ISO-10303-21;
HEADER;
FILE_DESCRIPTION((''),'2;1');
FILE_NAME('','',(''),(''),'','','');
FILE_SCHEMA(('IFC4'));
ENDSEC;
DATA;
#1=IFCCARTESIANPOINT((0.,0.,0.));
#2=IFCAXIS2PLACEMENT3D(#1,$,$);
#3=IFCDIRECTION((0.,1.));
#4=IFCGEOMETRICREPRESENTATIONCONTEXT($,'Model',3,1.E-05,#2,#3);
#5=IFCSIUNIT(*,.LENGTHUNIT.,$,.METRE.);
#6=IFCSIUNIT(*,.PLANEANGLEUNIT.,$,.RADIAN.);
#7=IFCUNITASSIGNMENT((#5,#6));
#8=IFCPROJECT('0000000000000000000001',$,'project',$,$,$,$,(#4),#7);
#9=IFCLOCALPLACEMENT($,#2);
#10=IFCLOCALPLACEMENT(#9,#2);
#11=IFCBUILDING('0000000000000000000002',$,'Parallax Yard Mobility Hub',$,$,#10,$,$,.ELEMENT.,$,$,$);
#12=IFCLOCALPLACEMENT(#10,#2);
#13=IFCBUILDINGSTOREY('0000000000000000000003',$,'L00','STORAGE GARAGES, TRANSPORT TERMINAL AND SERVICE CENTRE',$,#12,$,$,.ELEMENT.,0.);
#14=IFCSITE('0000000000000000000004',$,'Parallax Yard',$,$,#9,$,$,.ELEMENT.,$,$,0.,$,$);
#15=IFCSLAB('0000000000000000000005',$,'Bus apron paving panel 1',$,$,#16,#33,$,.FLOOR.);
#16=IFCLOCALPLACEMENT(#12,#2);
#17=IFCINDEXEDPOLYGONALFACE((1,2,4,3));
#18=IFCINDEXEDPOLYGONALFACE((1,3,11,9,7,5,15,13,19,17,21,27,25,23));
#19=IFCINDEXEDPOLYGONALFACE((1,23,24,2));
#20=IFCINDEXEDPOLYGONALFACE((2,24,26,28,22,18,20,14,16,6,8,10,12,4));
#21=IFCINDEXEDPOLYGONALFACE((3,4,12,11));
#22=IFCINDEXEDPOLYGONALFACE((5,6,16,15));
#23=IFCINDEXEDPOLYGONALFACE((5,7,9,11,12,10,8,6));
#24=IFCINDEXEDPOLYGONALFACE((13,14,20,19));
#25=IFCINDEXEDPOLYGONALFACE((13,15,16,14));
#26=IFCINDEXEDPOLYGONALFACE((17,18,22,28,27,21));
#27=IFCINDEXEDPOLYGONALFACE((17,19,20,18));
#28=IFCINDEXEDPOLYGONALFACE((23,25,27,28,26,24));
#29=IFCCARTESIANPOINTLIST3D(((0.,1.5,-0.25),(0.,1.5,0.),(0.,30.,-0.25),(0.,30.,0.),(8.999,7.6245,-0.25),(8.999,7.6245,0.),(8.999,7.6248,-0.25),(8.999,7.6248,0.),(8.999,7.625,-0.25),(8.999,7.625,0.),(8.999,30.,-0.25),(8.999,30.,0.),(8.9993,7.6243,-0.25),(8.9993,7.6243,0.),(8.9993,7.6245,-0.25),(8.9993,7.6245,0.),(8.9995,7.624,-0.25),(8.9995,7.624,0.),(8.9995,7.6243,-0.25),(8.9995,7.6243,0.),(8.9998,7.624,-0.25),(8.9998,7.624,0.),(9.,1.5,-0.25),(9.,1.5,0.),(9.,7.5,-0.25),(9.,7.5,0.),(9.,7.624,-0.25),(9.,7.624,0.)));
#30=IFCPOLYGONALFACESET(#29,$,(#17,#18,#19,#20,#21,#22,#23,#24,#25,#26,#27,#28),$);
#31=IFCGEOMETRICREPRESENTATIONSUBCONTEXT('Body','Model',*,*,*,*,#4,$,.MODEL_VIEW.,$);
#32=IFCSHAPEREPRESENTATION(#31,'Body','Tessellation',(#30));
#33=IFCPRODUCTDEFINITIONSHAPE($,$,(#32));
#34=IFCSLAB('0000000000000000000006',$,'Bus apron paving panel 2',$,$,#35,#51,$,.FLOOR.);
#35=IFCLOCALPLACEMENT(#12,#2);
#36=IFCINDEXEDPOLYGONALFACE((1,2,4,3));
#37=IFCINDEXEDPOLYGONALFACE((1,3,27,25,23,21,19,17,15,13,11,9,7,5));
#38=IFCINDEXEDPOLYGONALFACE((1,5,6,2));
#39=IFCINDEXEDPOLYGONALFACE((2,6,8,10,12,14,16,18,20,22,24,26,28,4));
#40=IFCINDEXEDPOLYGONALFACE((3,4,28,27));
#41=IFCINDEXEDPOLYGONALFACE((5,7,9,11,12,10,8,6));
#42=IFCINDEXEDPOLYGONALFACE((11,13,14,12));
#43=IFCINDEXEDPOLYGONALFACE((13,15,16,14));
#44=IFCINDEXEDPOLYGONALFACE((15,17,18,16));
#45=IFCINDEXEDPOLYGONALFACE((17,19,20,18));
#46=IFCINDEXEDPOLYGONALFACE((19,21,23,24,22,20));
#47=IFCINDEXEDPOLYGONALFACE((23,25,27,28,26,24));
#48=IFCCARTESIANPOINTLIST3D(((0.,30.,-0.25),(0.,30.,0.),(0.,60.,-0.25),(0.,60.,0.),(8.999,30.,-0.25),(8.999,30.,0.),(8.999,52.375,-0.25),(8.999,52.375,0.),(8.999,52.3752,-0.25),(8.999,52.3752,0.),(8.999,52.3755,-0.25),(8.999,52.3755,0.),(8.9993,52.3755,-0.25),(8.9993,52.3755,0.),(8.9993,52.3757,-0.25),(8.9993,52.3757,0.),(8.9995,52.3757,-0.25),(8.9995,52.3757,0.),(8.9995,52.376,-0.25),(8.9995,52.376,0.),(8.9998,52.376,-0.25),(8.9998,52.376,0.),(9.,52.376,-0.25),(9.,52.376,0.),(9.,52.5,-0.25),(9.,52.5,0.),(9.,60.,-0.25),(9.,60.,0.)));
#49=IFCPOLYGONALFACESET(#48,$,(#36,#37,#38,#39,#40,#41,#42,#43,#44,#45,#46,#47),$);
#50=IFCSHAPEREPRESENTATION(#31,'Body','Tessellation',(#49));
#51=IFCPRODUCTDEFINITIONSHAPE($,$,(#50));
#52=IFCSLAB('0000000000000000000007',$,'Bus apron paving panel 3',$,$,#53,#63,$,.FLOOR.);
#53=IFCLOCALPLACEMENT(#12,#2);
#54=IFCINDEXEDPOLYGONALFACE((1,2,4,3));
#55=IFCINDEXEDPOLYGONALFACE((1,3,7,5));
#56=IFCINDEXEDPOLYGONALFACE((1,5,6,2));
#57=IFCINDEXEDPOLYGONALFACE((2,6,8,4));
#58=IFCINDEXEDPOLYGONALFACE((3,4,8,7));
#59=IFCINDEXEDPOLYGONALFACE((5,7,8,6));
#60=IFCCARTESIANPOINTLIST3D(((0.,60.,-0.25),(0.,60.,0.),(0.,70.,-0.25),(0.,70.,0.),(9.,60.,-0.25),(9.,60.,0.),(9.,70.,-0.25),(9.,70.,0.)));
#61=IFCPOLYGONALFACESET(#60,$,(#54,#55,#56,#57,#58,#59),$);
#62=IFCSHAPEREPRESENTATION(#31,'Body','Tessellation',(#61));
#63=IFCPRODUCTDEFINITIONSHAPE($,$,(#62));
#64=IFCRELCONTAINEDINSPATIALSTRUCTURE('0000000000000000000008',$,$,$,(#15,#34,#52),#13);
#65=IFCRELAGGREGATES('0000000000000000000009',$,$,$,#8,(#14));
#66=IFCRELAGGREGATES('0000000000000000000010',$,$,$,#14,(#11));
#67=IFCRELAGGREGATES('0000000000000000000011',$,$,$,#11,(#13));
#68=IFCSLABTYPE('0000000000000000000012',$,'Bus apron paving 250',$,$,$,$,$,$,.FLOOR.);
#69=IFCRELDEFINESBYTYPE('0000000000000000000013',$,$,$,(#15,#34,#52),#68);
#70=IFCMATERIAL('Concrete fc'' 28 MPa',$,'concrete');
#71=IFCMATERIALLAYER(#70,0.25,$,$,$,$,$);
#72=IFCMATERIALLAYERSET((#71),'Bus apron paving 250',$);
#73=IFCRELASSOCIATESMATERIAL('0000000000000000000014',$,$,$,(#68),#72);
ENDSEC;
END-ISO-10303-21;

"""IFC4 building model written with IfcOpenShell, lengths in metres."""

from ifc_helpers import new_model, si_unit, direction, frame, origin, place, context, subcontext, project, spatial, polyline, outline, extrude, material, layer, layer_set, type_object, element, save


model = new_model("IFC4")

# Units and contexts
model_context = context("Model", 3, precision=1e-05, world=origin(), true_north=direction((0.0, 1.0)))
body_context = subcontext(model_context, "Body", "Model", "MODEL_VIEW")
ifc_project = project(units=[si_unit("LENGTHUNIT", "METRE"), si_unit("PLANEANGLEUNIT", "RADIAN")], contexts=[model_context])

# Site, building, storey
site_placement = place(None, origin())
site = spatial("IfcSite", under=ifc_project, at=site_placement, Name="Parallax Yard", CompositionType="ELEMENT", RefElevation=0.0)
building_placement = place(site_placement, origin())
building = spatial("IfcBuilding", under=site, at=building_placement, Name="Parallax Yard Mobility Hub", CompositionType="ELEMENT")
storey_placement = place(building_placement, origin())
storey = spatial("IfcBuildingStorey", under=building, at=storey_placement, Name="L00", Description="STORAGE GARAGES, TRANSPORT TERMINAL AND SERVICE CENTRE", CompositionType="ELEMENT", Elevation=0.0)

# Slabs
ifc_material_1 = material(Name="Concrete fc' 28 MPa", Category="concrete")
ifc_layer_1 = layer(ifc_material_1, 0.25)
ifc_layer_set_1 = layer_set([ifc_layer_1], Name="Bus apron paving 250")
slab_type_1 = type_object("IfcSlabType", Name="Bus apron paving 250", PredefinedType="FLOOR", material=ifc_layer_set_1)
slab_1_placement = place(storey_placement, frame((0.0, 0.0, -0.25)))
element("IfcSlab", 1, at=slab_1_placement, inside=storey, type_object=slab_type_1, Name="Bus apron paving panel 1", PredefinedType="FLOOR", context=body_context, shape_type="SweptSolid", body=[
    extrude(outline(polyline([(8.999, 7.625), (8.999, 7.625), (8.999, 7.6248), (8.999, 7.6248), (8.999, 7.6245), (8.999, 7.6245), (8.9993, 7.6245), (8.9993, 7.6245), (8.9993, 7.6243), (8.9995, 7.6243), (8.9995, 7.6243), (8.9995, 7.624), (8.9995, 7.624), (8.9998, 7.624), (8.9998, 7.624), (9.0, 7.624), (9.0, 7.624), (9.0, 7.5), (9.0, 1.5), (0.0, 1.5), (0.0, 30.0), (8.999, 30.0), (8.999, 7.625)])), origin(), (0.0, 0.0, 1.0), 0.25),
])
slab_2_placement = place(storey_placement, frame((0.0, 0.0, -0.25)))
element("IfcSlab", 2, at=slab_2_placement, inside=storey, type_object=slab_type_1, Name="Bus apron paving panel 2", PredefinedType="FLOOR", context=body_context, shape_type="SweptSolid", body=[
    extrude(outline(polyline([(9.0, 52.5), (9.0, 52.376), (9.0, 52.376), (8.9998, 52.376), (8.9998, 52.376), (8.9995, 52.376), (8.9995, 52.376), (8.9995, 52.3757), (8.9995, 52.3757), (8.9993, 52.3757), (8.9993, 52.3755), (8.9993, 52.3755), (8.999, 52.3755), (8.999, 52.3755), (8.999, 52.3752), (8.999, 52.3752), (8.999, 52.375), (8.999, 52.375), (8.999, 30.0), (0.0, 30.0), (0.0, 60.0), (9.0, 60.0), (9.0, 52.5)])), origin(), (0.0, 0.0, 1.0), 0.25),
])
slab_3_placement = place(storey_placement, frame((0.0, 0.0, -0.25)))
element("IfcSlab", 3, at=slab_3_placement, inside=storey, type_object=slab_type_1, Name="Bus apron paving panel 3", PredefinedType="FLOOR", context=body_context, shape_type="SweptSolid", body=[
    extrude(outline(polyline([(9.0, 60.0), (0.0, 60.0), (0.0, 70.0), (9.0, 70.0), (9.0, 60.0)])), origin(), (0.0, 0.0, 1.0), 0.25),
])

save(model, "model.ifc")
